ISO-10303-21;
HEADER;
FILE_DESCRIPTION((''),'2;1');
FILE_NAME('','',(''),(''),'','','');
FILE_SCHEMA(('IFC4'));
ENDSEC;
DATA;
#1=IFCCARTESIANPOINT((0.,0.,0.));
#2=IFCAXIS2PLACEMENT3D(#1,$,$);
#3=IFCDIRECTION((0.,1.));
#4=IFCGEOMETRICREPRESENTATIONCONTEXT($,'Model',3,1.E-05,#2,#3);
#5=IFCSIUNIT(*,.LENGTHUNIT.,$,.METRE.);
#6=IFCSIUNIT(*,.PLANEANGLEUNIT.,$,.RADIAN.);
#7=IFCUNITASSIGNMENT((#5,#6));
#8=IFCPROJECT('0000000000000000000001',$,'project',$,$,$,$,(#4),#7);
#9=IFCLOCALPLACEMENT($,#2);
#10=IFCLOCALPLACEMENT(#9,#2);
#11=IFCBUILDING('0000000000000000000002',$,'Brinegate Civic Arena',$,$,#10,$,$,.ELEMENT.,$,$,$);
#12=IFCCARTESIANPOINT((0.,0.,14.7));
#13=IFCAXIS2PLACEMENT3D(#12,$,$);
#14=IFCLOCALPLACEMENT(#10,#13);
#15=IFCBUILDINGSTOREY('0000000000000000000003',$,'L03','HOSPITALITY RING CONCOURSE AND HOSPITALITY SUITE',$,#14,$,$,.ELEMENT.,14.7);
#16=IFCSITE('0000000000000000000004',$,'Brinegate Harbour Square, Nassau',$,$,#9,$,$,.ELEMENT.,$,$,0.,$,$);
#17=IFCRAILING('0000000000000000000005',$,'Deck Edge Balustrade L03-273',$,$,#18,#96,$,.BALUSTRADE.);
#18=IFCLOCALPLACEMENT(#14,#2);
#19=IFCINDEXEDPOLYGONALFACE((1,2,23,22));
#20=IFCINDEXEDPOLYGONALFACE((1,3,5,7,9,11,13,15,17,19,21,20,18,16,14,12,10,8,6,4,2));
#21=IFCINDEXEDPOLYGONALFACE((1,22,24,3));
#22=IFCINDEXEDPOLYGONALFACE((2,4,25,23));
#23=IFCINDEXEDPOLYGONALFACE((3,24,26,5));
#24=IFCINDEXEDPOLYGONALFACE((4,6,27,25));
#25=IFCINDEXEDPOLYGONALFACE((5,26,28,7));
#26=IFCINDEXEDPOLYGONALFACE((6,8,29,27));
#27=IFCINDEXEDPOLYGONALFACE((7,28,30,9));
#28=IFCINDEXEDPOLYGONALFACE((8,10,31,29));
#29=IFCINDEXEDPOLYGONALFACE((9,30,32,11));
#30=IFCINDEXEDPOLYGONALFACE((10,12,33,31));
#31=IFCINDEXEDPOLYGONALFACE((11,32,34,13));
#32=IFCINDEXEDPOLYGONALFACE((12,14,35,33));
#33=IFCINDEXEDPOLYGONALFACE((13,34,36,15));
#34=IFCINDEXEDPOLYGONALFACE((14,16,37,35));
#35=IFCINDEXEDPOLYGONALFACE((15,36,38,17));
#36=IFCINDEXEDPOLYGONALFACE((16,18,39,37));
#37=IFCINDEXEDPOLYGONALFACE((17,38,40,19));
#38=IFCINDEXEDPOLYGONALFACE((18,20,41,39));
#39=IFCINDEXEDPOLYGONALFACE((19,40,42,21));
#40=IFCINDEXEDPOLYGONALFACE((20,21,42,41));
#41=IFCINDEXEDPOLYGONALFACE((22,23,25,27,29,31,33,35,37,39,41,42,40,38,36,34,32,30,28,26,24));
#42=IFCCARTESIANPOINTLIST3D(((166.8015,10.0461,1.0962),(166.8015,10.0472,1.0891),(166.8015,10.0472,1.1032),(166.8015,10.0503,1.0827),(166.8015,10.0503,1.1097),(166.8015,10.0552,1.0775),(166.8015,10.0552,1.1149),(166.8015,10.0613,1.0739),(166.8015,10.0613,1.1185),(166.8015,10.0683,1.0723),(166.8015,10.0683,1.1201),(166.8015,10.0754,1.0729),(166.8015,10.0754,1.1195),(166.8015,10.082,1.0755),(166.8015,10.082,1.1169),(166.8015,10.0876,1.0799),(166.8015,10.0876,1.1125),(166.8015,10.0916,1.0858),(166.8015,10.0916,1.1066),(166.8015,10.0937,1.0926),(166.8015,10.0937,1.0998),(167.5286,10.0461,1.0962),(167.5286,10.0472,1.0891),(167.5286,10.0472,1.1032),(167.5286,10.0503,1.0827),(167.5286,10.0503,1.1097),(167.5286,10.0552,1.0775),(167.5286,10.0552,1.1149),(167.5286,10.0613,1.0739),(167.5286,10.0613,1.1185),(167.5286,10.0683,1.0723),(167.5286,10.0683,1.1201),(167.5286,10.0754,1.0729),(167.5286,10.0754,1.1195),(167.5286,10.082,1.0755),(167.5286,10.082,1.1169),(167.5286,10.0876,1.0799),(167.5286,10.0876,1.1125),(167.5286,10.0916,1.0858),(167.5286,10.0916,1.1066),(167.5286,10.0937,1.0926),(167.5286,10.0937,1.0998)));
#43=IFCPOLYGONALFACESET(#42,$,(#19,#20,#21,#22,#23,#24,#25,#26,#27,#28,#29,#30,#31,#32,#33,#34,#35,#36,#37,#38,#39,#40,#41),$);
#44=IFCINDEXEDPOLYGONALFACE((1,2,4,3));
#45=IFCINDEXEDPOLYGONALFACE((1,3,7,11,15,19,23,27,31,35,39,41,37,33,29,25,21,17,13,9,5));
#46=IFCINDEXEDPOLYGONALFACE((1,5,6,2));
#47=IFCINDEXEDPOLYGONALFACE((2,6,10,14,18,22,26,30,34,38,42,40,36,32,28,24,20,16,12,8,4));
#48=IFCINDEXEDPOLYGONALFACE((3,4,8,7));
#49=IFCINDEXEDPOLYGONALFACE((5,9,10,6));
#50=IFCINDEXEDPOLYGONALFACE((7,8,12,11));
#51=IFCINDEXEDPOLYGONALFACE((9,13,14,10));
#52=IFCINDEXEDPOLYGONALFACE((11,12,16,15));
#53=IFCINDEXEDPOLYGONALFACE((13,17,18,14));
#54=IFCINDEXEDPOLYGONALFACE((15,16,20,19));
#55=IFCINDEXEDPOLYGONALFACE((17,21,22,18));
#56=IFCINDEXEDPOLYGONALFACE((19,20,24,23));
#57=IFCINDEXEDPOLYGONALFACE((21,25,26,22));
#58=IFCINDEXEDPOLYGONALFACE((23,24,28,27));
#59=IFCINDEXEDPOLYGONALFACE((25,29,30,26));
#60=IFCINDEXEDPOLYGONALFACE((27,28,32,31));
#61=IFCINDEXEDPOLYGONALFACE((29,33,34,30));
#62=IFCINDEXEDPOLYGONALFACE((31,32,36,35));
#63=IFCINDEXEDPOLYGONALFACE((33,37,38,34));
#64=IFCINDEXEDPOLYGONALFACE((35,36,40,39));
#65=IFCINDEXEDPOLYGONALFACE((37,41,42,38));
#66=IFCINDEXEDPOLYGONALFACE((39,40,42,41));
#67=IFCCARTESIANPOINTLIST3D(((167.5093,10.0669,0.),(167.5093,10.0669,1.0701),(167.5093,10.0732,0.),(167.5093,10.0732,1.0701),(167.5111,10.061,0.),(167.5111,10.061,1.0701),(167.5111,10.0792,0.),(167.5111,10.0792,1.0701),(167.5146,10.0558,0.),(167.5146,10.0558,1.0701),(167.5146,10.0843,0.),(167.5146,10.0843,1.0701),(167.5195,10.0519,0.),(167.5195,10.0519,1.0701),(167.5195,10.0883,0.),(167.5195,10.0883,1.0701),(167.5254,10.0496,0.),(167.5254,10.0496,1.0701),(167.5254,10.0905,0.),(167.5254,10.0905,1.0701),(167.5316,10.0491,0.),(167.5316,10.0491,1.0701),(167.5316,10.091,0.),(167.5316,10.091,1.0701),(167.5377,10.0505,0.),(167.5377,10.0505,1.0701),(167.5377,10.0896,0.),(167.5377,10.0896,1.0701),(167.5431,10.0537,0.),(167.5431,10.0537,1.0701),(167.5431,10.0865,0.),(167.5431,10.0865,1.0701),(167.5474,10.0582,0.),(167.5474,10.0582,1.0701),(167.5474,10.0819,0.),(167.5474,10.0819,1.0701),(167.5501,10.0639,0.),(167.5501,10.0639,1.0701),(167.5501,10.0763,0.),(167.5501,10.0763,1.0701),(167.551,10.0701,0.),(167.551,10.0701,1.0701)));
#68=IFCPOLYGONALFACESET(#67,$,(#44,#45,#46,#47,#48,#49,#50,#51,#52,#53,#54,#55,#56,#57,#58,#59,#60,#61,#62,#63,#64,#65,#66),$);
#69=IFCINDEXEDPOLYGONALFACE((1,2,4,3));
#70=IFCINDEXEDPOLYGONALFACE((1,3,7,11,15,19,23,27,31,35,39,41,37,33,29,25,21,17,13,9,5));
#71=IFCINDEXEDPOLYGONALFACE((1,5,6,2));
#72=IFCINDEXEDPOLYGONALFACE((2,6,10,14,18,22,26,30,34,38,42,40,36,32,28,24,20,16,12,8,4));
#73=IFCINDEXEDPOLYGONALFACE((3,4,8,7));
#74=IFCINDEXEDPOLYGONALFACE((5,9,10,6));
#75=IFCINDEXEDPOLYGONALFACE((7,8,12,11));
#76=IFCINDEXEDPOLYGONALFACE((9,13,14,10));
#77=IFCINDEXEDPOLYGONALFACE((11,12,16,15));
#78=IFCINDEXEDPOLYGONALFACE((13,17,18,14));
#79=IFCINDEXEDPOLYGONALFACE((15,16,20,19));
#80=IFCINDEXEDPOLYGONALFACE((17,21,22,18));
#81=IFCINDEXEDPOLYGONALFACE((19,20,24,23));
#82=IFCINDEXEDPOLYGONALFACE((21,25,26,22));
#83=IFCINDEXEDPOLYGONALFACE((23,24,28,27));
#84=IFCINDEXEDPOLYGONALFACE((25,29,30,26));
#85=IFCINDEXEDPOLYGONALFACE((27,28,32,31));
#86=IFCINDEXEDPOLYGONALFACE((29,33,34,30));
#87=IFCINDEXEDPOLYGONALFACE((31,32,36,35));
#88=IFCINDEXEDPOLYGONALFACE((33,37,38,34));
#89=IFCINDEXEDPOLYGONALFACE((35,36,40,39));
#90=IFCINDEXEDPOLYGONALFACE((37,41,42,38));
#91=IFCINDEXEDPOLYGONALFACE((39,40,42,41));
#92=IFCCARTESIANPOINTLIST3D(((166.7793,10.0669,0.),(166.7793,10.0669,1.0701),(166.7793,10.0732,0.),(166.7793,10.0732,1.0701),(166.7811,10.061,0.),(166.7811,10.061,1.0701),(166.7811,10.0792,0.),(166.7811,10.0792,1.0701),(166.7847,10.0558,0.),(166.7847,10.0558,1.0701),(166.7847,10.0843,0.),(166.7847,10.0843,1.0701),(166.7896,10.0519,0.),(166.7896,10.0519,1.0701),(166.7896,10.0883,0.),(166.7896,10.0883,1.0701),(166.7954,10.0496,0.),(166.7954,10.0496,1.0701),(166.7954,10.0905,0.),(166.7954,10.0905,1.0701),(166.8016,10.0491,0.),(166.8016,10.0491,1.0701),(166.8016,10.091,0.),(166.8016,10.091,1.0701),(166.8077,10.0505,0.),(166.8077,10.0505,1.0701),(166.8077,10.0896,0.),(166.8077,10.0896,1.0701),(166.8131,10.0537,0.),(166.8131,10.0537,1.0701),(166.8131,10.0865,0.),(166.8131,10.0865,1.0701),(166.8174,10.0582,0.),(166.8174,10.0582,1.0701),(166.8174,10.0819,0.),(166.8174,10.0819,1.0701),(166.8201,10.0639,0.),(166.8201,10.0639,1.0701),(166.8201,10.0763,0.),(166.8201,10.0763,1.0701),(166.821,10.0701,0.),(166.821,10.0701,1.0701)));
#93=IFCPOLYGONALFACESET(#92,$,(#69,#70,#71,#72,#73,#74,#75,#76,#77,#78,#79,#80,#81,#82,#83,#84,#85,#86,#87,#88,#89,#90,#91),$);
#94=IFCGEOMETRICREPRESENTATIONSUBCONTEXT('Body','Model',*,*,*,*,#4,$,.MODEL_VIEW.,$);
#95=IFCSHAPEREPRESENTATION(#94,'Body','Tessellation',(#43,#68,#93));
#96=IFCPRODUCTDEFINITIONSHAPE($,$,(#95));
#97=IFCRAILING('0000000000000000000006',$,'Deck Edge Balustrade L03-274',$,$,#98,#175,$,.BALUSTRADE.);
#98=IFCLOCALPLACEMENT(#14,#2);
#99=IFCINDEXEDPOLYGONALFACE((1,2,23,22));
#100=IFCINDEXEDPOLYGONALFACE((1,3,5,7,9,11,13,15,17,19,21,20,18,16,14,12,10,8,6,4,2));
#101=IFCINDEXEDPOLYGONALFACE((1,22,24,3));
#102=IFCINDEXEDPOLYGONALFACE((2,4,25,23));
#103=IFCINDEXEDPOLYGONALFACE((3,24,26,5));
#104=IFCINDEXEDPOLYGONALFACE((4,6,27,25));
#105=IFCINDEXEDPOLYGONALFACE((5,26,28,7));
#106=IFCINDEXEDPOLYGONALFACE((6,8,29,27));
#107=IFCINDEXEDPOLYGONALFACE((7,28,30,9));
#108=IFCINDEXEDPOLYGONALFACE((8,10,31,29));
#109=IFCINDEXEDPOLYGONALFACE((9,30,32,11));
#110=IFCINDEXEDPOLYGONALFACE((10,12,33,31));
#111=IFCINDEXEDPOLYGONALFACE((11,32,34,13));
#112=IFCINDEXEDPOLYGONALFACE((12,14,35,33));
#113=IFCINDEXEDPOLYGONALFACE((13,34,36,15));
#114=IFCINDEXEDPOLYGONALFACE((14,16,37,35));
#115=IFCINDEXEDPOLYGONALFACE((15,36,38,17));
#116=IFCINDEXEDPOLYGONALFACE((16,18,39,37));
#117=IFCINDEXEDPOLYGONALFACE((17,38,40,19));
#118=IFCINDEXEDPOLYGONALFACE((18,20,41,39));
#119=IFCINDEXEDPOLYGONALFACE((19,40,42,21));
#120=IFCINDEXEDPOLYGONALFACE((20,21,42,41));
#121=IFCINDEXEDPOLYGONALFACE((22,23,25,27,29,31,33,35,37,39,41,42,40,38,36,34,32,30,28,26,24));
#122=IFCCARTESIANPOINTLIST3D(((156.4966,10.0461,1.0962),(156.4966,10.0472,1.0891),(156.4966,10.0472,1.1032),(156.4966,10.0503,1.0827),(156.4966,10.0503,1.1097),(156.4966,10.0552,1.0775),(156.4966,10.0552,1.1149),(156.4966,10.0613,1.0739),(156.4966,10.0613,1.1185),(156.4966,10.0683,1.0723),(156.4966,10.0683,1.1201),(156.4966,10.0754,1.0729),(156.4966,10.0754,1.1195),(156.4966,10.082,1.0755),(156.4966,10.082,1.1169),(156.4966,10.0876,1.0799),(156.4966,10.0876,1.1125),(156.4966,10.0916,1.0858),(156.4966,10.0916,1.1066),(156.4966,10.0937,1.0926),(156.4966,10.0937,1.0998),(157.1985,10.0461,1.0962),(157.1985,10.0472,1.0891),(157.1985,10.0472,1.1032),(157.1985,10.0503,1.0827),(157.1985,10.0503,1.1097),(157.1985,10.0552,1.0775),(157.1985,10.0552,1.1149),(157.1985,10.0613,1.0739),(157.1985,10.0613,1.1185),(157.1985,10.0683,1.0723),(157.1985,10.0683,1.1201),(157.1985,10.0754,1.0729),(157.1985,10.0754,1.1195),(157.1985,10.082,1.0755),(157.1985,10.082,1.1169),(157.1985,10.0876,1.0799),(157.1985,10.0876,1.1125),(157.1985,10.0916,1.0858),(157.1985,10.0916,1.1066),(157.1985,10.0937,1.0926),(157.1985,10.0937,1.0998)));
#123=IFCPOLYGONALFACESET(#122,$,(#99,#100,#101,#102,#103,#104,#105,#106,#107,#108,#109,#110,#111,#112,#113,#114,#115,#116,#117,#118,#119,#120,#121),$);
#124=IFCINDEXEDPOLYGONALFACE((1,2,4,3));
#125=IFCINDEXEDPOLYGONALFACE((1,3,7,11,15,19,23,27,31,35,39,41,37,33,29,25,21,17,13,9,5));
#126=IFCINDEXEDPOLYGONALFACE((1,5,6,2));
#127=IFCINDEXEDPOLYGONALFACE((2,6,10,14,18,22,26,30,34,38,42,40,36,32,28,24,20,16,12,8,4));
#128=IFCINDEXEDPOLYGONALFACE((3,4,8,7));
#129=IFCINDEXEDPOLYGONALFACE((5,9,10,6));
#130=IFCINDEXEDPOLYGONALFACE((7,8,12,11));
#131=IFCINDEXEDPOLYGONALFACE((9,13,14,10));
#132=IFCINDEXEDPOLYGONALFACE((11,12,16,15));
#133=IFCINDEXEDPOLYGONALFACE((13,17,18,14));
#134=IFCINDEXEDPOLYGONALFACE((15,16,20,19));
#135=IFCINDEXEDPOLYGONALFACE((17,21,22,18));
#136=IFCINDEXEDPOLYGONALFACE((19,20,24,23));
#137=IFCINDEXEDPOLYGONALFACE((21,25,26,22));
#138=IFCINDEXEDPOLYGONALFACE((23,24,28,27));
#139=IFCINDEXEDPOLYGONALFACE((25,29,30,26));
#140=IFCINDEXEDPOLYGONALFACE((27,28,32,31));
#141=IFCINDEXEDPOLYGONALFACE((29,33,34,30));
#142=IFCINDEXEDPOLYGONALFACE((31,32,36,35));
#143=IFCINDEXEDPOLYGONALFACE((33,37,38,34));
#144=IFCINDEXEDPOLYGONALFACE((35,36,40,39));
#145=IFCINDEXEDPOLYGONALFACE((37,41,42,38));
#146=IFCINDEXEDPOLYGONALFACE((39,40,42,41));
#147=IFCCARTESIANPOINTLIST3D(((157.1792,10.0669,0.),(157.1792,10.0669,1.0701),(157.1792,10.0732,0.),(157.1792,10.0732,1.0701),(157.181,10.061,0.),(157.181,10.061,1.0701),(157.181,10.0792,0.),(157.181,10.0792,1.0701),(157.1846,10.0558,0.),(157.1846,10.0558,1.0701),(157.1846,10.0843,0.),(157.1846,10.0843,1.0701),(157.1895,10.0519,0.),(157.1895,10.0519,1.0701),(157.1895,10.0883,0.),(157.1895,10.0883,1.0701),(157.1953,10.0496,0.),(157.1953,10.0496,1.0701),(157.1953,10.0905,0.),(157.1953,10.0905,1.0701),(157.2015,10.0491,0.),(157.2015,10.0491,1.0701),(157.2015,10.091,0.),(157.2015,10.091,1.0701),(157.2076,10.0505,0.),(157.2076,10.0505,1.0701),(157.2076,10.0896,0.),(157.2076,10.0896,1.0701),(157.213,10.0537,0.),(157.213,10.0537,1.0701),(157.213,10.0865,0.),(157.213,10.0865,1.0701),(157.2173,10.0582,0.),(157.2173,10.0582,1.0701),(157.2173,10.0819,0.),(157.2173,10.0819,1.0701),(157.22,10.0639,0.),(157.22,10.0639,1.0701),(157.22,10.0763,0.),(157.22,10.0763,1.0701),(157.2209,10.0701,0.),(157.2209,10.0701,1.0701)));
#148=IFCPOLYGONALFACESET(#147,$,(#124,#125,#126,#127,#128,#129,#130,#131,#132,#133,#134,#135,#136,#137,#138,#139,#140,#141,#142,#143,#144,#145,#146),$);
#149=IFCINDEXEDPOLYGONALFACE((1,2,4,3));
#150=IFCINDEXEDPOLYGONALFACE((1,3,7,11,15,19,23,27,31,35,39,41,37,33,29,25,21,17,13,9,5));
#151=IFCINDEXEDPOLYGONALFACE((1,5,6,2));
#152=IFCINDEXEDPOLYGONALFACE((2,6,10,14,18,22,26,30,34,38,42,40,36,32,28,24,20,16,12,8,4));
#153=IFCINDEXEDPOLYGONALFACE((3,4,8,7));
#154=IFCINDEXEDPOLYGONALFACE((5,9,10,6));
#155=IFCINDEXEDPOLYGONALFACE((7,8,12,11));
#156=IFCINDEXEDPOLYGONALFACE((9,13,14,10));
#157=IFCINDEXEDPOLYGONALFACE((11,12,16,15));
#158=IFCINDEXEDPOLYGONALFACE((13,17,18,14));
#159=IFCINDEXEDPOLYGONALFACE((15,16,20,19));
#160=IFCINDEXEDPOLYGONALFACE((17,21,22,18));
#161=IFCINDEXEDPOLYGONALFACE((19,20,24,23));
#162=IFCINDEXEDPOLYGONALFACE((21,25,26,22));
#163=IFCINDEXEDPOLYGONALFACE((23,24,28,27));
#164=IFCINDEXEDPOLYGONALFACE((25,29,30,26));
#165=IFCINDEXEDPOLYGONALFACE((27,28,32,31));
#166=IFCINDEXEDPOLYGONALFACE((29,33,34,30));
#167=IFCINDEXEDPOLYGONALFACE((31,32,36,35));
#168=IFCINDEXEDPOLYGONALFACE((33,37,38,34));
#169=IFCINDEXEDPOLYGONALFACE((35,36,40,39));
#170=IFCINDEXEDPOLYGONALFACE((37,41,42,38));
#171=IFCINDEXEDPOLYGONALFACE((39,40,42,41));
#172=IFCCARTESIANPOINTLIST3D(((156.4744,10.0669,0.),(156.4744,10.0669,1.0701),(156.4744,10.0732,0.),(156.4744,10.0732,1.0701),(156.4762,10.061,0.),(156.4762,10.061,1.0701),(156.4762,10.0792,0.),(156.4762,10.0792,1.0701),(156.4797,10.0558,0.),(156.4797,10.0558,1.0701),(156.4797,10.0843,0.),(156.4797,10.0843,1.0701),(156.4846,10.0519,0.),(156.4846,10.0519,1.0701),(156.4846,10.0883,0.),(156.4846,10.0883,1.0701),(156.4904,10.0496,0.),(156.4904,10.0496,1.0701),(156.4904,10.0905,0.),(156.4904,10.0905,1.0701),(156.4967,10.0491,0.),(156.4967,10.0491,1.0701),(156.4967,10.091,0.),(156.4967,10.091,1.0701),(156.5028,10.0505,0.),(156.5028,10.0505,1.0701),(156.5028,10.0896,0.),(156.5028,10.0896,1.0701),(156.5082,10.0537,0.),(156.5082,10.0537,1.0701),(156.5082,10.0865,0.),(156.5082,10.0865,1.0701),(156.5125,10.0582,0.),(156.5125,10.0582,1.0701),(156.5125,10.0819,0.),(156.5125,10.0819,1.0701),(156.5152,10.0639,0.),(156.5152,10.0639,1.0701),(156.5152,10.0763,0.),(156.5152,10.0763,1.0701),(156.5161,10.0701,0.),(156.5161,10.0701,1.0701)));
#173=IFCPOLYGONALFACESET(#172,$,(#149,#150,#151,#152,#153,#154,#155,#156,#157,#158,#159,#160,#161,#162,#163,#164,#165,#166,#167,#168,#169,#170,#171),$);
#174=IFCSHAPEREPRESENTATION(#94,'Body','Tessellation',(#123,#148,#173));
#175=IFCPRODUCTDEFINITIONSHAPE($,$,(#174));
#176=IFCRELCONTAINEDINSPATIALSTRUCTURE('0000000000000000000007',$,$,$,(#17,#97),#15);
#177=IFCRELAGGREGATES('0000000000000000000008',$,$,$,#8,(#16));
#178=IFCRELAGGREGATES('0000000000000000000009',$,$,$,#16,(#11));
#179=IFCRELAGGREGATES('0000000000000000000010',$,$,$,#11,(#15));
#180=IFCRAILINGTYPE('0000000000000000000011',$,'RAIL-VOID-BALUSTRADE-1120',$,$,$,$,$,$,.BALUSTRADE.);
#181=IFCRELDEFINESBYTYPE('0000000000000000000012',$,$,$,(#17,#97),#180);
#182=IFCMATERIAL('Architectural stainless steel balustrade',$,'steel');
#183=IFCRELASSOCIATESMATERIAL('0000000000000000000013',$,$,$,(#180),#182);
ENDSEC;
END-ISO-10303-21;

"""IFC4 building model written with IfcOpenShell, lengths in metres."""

from ifc_helpers import new_model, si_unit, direction, frame, origin, origin_2d, place, context, subcontext, project, spatial, circle, extrude, material, type_object, element, save


model = new_model("IFC4")

# Units and contexts
model_context = context("Model", 3, precision=1e-05, world=origin(), true_north=direction((0.0, 1.0)))
body_context = subcontext(model_context, "Body", "Model", "MODEL_VIEW")
ifc_project = project(units=[si_unit("LENGTHUNIT", "METRE"), si_unit("PLANEANGLEUNIT", "RADIAN")], contexts=[model_context])

# Site, building, storey
site_placement = place(None, origin())
site = spatial("IfcSite", under=ifc_project, at=site_placement, Name="Brinegate Harbour Square, Nassau", CompositionType="ELEMENT", RefElevation=0.0)
building_placement = place(site_placement, origin())
building = spatial("IfcBuilding", under=site, at=building_placement, Name="Brinegate Civic Arena", CompositionType="ELEMENT")
storey_placement = place(building_placement, frame((0.0, 0.0, 14.7)))
storey = spatial("IfcBuildingStorey", under=building, at=storey_placement, Name="L03", Description="HOSPITALITY RING CONCOURSE AND HOSPITALITY SUITE", CompositionType="ELEMENT", Elevation=14.7)

# Railings
ifc_material_1 = material(Name="Architectural stainless steel balustrade", Category="steel")
railing_type_1 = type_object("IfcRailingType", Name="RAIL-VOID-BALUSTRADE-1120", PredefinedType="BALUSTRADE", material=ifc_material_1)
railing_1_placement = place(storey_placement, frame((167.53, 10.0701, 0.0)))
element("IfcRailing", 1, at=railing_1_placement, inside=storey, type_object=railing_type_1, Name="Deck Edge Balustrade L03-273", PredefinedType="BALUSTRADE", context=body_context, shape_type="SweptSolid", body=[
    extrude(circle(Radius=0.0239, at=origin_2d()), frame((-0.0015, 0.0, 1.0962), z_axis=(-1.0, 0.0, 0.0), x_axis=(0.0, -1.0, 0.0)), (0.0, 0.0, 1.0), 0.7271),
    extrude(circle(Radius=0.021, at=origin_2d()), origin(), (0.0, 0.0, 1.0), 1.0701),
    extrude(circle(Radius=0.021, at=origin_2d()), frame((-0.73, 0.0, 0.0)), (0.0, 0.0, 1.0), 1.0701),
])
railing_2_placement = place(storey_placement, frame((157.2, 10.0701, 0.0)))
element("IfcRailing", 2, at=railing_2_placement, inside=storey, type_object=railing_type_1, Name="Deck Edge Balustrade L03-274", PredefinedType="BALUSTRADE", context=body_context, shape_type="SweptSolid", body=[
    extrude(circle(Radius=0.0239, at=origin_2d()), frame((-0.0015, 0.0, 1.0962), z_axis=(-1.0, 0.0, 0.0), x_axis=(0.0, -1.0, 0.0)), (0.0, 0.0, 1.0), 0.7019),
    extrude(circle(Radius=0.021, at=origin_2d()), origin(), (0.0, 0.0, 1.0), 1.0701),
    extrude(circle(Radius=0.021, at=origin_2d()), frame((-0.7048, 0.0, 0.0)), (0.0, 0.0, 1.0), 1.0701),
])

save(model, "model.ifc")
